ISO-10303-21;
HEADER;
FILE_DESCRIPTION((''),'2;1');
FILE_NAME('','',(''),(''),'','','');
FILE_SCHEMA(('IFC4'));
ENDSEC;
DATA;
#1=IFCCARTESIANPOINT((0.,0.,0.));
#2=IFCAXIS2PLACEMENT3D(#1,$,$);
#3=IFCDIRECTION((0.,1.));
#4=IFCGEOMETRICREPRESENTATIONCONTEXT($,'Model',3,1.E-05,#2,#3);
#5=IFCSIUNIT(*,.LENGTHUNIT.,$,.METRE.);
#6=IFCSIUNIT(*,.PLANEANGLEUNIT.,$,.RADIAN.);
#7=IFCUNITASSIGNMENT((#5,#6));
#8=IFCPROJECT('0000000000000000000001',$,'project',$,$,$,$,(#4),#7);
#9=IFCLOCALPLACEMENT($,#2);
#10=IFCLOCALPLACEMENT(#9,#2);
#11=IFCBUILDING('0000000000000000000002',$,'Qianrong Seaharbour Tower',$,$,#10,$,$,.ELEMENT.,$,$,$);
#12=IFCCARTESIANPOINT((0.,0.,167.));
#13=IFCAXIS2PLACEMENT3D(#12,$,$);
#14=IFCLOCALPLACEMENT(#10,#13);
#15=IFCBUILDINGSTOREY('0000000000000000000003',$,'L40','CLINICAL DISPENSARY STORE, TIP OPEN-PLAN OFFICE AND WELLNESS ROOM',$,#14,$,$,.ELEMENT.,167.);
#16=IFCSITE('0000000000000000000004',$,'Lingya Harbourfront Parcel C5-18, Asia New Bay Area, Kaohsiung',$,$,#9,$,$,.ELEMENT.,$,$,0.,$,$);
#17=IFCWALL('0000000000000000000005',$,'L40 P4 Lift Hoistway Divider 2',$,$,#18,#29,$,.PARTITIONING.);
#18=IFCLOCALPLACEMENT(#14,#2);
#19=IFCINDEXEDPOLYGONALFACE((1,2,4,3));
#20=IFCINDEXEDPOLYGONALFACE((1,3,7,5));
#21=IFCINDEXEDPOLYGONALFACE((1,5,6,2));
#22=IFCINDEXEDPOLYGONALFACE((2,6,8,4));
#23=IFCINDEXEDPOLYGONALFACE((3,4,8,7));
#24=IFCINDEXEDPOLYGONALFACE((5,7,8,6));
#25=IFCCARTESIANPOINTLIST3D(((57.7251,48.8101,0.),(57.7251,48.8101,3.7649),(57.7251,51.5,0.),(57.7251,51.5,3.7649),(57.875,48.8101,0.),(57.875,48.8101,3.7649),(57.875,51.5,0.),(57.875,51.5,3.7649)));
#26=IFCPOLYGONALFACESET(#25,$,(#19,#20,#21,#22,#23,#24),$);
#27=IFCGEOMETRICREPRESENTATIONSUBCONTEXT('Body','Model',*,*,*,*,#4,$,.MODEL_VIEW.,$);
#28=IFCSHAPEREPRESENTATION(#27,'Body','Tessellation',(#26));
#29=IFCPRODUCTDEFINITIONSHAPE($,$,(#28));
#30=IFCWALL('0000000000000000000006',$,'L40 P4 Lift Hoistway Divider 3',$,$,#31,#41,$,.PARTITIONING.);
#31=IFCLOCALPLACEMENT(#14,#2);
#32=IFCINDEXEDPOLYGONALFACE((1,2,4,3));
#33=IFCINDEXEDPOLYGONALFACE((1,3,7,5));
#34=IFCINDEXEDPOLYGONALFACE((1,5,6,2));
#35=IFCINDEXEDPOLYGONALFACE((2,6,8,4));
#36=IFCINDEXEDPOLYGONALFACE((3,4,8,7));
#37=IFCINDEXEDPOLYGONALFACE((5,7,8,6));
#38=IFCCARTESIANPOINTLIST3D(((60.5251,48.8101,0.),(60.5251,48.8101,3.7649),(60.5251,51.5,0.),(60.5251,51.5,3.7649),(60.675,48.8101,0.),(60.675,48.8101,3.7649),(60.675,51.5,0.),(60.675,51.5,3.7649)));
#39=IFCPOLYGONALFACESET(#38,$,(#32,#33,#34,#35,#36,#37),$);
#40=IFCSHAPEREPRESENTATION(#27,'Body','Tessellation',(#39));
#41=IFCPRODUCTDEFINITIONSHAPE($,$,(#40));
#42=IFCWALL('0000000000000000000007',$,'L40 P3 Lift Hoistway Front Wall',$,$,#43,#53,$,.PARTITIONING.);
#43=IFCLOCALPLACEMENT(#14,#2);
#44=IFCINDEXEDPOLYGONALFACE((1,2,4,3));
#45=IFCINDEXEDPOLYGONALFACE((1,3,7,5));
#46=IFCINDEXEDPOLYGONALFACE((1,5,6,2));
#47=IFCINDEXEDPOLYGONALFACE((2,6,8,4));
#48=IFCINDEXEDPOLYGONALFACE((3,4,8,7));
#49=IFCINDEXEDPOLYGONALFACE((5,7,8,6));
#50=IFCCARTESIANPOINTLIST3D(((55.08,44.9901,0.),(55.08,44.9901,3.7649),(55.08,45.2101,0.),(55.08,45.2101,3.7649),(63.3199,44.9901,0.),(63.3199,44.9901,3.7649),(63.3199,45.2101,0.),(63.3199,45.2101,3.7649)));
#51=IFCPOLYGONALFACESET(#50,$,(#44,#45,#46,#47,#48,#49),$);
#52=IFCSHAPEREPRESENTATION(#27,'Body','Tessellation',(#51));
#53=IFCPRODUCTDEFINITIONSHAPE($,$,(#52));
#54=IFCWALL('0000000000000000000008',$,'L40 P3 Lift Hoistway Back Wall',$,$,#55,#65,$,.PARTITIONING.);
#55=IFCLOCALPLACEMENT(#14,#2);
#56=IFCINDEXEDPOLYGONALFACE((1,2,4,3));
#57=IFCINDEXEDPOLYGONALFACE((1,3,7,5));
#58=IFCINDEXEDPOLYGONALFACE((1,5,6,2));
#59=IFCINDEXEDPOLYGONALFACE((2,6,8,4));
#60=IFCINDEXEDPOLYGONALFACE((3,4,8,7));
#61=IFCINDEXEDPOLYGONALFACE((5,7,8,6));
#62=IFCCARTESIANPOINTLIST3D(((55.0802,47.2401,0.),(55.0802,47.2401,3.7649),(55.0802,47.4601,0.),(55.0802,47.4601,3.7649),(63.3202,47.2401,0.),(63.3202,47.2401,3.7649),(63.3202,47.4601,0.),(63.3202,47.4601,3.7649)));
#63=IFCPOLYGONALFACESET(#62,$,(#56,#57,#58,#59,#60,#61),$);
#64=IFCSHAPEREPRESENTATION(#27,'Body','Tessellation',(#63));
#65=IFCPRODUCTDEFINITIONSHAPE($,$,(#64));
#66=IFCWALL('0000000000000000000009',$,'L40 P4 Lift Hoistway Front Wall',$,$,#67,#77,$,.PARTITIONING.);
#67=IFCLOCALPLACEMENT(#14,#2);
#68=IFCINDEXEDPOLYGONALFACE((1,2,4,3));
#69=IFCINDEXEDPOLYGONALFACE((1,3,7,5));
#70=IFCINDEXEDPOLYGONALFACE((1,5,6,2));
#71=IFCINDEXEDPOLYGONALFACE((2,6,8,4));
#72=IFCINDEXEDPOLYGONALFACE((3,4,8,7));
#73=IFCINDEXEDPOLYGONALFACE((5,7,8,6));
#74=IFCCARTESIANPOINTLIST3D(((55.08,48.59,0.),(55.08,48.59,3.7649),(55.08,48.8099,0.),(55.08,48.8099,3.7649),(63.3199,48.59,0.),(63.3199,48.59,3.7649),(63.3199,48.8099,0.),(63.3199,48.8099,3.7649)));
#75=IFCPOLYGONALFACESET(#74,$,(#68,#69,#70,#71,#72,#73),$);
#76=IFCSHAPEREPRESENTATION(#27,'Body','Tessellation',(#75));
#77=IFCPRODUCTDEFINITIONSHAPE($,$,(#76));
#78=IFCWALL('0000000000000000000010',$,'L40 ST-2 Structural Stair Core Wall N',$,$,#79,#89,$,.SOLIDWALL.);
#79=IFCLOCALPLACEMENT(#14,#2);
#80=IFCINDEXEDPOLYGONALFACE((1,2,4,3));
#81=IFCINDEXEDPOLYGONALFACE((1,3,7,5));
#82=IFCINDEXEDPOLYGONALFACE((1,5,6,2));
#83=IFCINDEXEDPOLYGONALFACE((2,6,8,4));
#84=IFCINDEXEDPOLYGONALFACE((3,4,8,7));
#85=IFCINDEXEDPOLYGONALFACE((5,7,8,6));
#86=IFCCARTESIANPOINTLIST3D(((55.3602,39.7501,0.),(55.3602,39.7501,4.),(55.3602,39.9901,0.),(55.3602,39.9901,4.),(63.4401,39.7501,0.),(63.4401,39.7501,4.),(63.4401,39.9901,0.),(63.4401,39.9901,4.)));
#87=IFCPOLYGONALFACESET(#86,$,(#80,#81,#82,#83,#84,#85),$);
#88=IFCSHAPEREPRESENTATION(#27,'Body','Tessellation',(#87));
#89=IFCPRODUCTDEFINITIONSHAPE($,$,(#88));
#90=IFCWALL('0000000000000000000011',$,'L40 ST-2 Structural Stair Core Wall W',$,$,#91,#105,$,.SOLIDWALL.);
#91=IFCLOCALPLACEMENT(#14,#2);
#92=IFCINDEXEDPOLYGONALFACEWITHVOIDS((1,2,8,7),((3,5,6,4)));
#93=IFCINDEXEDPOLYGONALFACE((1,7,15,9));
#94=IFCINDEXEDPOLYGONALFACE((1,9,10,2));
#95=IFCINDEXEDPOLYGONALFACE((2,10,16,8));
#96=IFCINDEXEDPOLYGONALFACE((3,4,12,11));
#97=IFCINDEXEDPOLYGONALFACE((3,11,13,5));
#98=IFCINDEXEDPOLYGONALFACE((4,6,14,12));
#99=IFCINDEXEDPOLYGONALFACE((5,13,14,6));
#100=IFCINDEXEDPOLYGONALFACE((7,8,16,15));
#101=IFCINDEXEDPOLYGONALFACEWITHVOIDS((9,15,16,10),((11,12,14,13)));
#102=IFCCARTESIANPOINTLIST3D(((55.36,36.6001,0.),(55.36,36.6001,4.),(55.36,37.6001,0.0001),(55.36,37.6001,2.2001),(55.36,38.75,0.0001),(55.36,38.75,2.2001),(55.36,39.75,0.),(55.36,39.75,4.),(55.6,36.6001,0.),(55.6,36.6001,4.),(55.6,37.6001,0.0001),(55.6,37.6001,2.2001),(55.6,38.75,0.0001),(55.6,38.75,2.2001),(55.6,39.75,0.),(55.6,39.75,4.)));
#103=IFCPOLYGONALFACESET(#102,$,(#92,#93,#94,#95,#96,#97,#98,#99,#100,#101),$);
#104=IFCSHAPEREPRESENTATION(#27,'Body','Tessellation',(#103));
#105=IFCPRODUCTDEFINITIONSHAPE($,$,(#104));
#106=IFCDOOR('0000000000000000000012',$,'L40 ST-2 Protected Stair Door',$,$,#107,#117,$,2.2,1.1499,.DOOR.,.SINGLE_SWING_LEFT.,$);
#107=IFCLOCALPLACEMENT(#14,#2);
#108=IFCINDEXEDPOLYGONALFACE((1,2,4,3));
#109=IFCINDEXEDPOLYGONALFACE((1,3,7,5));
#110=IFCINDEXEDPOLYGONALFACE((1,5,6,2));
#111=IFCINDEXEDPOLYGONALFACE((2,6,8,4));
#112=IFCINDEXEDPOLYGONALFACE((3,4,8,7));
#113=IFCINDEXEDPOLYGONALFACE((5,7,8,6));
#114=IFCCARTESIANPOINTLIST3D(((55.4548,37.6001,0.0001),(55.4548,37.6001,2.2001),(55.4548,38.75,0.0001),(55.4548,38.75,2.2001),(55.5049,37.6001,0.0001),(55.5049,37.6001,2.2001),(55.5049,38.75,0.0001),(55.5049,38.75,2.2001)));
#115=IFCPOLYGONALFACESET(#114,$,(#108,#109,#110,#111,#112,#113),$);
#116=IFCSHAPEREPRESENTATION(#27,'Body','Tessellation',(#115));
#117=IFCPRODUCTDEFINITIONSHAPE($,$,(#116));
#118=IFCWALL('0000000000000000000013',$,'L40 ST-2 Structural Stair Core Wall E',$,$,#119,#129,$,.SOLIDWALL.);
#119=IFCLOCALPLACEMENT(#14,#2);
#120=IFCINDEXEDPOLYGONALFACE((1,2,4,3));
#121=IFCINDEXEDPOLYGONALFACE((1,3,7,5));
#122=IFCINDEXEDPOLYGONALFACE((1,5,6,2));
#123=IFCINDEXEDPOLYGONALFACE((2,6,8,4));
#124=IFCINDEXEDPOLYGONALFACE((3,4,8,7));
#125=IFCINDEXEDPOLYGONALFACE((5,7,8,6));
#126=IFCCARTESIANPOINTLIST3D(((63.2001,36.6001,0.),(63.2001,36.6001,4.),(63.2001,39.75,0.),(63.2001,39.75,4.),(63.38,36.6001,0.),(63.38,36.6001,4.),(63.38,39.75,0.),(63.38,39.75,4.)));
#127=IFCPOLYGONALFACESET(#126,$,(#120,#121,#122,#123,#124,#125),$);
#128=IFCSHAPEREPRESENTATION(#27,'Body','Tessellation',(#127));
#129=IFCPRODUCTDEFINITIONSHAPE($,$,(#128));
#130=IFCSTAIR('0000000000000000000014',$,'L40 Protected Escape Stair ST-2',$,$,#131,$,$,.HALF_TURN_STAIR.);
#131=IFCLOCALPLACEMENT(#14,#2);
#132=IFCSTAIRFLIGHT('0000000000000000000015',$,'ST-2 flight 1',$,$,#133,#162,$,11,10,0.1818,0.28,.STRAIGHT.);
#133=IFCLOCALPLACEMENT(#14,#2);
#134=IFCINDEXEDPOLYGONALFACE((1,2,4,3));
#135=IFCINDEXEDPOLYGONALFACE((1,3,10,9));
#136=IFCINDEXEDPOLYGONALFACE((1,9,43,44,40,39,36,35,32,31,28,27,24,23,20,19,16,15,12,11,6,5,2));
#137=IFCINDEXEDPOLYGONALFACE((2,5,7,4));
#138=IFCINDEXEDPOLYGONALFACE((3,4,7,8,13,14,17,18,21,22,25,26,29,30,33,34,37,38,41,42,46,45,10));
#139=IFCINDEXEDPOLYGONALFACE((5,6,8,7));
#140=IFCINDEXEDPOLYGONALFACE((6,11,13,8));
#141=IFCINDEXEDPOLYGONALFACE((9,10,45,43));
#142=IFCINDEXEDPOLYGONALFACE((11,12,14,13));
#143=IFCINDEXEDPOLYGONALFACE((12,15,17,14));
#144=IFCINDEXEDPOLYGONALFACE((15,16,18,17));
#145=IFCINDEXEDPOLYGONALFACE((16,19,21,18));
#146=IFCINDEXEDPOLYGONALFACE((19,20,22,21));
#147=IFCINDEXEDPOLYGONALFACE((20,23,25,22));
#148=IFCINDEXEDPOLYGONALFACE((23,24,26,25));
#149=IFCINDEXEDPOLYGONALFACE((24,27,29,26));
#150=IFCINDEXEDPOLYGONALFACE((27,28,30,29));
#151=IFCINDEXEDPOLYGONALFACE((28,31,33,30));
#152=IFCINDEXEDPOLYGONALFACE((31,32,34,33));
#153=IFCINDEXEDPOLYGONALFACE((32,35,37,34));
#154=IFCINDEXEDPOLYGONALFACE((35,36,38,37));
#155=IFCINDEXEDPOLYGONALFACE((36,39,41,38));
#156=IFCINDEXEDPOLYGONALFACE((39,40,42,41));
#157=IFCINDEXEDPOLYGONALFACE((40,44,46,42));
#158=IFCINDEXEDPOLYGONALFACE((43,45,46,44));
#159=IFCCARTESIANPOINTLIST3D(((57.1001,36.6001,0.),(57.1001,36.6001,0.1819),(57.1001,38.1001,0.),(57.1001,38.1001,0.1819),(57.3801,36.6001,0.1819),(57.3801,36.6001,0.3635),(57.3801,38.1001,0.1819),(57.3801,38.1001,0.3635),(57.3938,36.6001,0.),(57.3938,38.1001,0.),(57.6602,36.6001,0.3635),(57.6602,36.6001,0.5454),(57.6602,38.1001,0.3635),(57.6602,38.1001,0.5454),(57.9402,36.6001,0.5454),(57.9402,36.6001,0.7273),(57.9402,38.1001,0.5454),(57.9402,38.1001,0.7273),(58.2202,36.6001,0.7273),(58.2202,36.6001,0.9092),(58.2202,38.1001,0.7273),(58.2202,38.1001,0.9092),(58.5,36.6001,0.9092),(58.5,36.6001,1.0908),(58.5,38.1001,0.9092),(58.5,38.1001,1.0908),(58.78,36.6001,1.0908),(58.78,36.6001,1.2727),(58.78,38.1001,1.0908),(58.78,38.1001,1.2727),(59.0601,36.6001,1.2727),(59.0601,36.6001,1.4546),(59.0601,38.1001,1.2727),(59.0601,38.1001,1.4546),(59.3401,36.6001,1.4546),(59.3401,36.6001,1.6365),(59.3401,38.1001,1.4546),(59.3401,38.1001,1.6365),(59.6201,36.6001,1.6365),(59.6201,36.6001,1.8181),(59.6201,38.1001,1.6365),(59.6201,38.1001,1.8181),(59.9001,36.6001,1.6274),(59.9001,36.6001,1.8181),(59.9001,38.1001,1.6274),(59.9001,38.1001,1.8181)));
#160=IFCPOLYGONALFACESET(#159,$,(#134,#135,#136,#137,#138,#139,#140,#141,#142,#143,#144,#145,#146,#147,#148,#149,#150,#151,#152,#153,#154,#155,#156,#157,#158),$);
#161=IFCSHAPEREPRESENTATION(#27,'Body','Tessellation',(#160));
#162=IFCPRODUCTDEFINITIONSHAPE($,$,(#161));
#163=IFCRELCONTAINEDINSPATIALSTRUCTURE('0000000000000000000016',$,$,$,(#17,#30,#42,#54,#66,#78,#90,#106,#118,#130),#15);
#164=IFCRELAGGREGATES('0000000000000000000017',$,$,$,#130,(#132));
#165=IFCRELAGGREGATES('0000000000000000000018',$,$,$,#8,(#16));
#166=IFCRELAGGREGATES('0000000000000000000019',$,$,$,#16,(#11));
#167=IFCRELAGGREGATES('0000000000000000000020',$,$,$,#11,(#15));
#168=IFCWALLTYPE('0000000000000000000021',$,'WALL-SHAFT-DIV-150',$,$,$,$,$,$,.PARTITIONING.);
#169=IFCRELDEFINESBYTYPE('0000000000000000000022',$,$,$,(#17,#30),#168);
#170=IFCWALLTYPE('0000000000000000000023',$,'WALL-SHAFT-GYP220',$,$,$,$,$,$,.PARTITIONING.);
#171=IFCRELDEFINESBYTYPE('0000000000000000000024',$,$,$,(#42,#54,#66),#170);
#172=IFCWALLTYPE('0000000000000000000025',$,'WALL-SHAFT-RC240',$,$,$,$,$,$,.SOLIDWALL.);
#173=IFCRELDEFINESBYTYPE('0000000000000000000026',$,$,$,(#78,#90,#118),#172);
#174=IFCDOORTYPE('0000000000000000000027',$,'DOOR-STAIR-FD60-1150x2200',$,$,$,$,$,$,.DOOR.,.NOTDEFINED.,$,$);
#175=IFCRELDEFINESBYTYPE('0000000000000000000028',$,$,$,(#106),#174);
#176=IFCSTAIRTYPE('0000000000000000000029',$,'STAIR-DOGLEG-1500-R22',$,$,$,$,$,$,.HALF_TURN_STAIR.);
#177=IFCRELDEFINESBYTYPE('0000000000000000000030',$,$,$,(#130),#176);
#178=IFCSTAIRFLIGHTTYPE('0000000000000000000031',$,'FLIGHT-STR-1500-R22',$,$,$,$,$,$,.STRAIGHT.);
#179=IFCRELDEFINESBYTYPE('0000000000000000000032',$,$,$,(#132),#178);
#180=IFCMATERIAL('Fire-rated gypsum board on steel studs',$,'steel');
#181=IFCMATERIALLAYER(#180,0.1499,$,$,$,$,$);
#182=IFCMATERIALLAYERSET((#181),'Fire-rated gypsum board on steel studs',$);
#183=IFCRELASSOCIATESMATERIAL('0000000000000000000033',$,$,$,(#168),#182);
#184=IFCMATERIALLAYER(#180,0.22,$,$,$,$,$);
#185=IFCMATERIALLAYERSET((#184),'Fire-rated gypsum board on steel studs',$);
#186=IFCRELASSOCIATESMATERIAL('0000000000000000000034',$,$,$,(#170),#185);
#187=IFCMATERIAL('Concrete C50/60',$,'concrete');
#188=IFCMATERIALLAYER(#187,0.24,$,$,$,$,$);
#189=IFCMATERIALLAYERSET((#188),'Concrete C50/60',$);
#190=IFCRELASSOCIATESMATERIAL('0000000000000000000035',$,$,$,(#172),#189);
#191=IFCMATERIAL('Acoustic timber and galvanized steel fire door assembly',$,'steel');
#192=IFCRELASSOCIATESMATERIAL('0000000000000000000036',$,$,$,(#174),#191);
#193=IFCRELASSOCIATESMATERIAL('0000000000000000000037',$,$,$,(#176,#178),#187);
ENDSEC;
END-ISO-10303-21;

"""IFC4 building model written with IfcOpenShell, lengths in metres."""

from ifc_helpers import new_model, si_unit, direction, frame, frame_2d, origin, place, context, subcontext, project, spatial, polyline, rectangle, outline, extrude, material, layer, layer_set, type_object, element, fill, aggregate, save


model = new_model("IFC4")

# Units and contexts
model_context = context("Model", 3, precision=1e-05, world=origin(), true_north=direction((0.0, 1.0)))
body_context = subcontext(model_context, "Body", "Model", "MODEL_VIEW")
ifc_project = project(units=[si_unit("LENGTHUNIT", "METRE"), si_unit("PLANEANGLEUNIT", "RADIAN")], contexts=[model_context])

# Site, building, storey
site_placement = place(None, origin())
site = spatial("IfcSite", under=ifc_project, at=site_placement, Name="Lingya Harbourfront Parcel C5-18, Asia New Bay Area, Kaohsiung", CompositionType="ELEMENT", RefElevation=0.0)
building_placement = place(site_placement, origin())
building = spatial("IfcBuilding", under=site, at=building_placement, Name="Qianrong Seaharbour Tower", CompositionType="ELEMENT")
storey_placement = place(building_placement, frame((0.0, 0.0, 167.0)))
storey = spatial("IfcBuildingStorey", under=building, at=storey_placement, Name="L40", Description="CLINICAL DISPENSARY STORE, TIP OPEN-PLAN OFFICE AND WELLNESS ROOM", CompositionType="ELEMENT", Elevation=167.0)

# Shared definitions
ifc_material_1 = material(Name="Acoustic timber and galvanized steel fire door assembly", Category="steel")

# Walls
ifc_material_2 = material(Name="Fire-rated gypsum board on steel studs", Category="steel")
ifc_layer_1 = layer(ifc_material_2, 0.1499)
ifc_layer_set_1 = layer_set([ifc_layer_1], Name="Fire-rated gypsum board on steel studs")
wall_type_1 = type_object("IfcWallType", Name="WALL-SHAFT-DIV-150", PredefinedType="PARTITIONING", material=ifc_layer_set_1)
for number, where, z_axis, x_axis, name in (
    (1, (57.8, 48.8101, 0.0), (0.0, 0.0, 1.0), (0.0, 1.0, 0.0), "L40 P4 Lift Hoistway Divider 2"),
    (2, (60.6001, 48.8101, 0.0), (0.0, 0.0, 1.0), (0.0, 1.0, 0.0), "L40 P4 Lift Hoistway Divider 3"),
):
    element("IfcWall", number, at=place(storey_placement, frame(where, z_axis=z_axis, x_axis=x_axis)), inside=storey, type_object=wall_type_1, Name=name, PredefinedType="PARTITIONING", context=body_context, shape_type="SweptSolid", body=[
        extrude(rectangle(XDim=2.6899, YDim=0.1499, at=frame_2d((1.345, 0.0))), origin(), (0.0, 0.0, 1.0), 3.7649),
    ])
ifc_layer_2 = layer(ifc_material_2, 0.22)
ifc_layer_set_2 = layer_set([ifc_layer_2], Name="Fire-rated gypsum board on steel studs")
wall_type_2 = type_object("IfcWallType", Name="WALL-SHAFT-GYP220", PredefinedType="PARTITIONING", material=ifc_layer_set_2)
for number, where, z_axis, x_axis, name in (
    (3, (63.3201, 45.1001, 0.0), (0.0, 0.0, 1.0), (-1.0, 0.0, 0.0), "L40 P3 Lift Hoistway Front Wall"),
    (4, (55.0801, 47.3501, 0.0), (0.0, 0.0, 1.0), (1.0, 0.0, 0.0), "L40 P3 Lift Hoistway Back Wall"),
    (5, (63.3201, 48.7, 0.0), (0.0, 0.0, 1.0), (-1.0, 0.0, 0.0), "L40 P4 Lift Hoistway Front Wall"),
):
    element("IfcWall", number, at=place(storey_placement, frame(where, z_axis=z_axis, x_axis=x_axis)), inside=storey, type_object=wall_type_2, Name=name, PredefinedType="PARTITIONING", context=body_context, shape_type="SweptSolid", body=[
        extrude(rectangle(XDim=8.24, YDim=0.22, at=frame_2d((4.1201, 0.0))), origin(), (0.0, 0.0, 1.0), 3.7649),
    ])
ifc_material_3 = material(Name="Concrete C50/60", Category="concrete")
ifc_layer_3 = layer(ifc_material_3, 0.24)
ifc_layer_set_3 = layer_set([ifc_layer_3], Name="Concrete C50/60")
wall_type_3 = type_object("IfcWallType", Name="WALL-SHAFT-RC240", PredefinedType="SOLIDWALL", material=ifc_layer_set_3)
wall_1_placement = place(storey_placement, frame((55.3601, 39.8701, 0.0), z_axis=(0.0, 0.0, 1.0), x_axis=(1.0, 0.0, 0.0)))
element("IfcWall", 6, at=wall_1_placement, inside=storey, type_object=wall_type_3, Name="L40 ST-2 Structural Stair Core Wall N", PredefinedType="SOLIDWALL", context=body_context, shape_type="SweptSolid", body=[
    extrude(rectangle(XDim=8.0798, YDim=0.24, at=frame_2d((4.04, 0.0))), origin(), (0.0, 0.0, 1.0), 4.0),
])

# Wall, opening, door
wall_2_placement = place(storey_placement, frame((55.48, 39.75, 0.0), z_axis=(0.0, 0.0, 1.0), x_axis=(0.0, -1.0, 0.0)))
wall_2 = element("IfcWall", 7, at=wall_2_placement, inside=storey, type_object=wall_type_3, Name="L40 ST-2 Structural Stair Core Wall W", PredefinedType="SOLIDWALL", context=body_context, shape_type="SweptSolid", body=[
    extrude(rectangle(XDim=3.1499, YDim=0.24, at=frame_2d((1.575, 0.0))), origin(), (0.0, 0.0, 1.0), 4.0),
])
opening_1_placement = place(wall_2_placement, frame((1.0, 0.0, 0.0)))
opening_1 = element("IfcOpeningElement", 8, at=opening_1_placement, cuts=wall_2, PredefinedType="OPENING", context=body_context, shape_type="SweptSolid", body=[
    extrude(rectangle(XDim=1.1499, YDim=2.2, at=frame_2d((0.575, 1.1001))), frame((0.0, 0.1299, 0.0), z_axis=(0.0, -1.0, 0.0), x_axis=(1.0, 0.0, 0.0)), (0.0, 0.0, 1.0), 0.26),
])
door_type_1 = type_object("IfcDoorType", Name="DOOR-STAIR-FD60-1150x2200", OperationType="NOTDEFINED", PredefinedType="DOOR", material=ifc_material_1)
door_1_placement = place(opening_1_placement, origin())
door_1 = element("IfcDoor", 9, at=door_1_placement, inside=storey, type_object=door_type_1, Name="L40 ST-2 Protected Stair Door", OperationType="SINGLE_SWING_LEFT", OverallHeight=2.2, OverallWidth=1.1499, PredefinedType="DOOR", context=body_context, shape_type="SweptSolid", body=[
    extrude(rectangle(XDim=1.1499, YDim=2.2, at=frame_2d((0.575, 1.1001))), frame((0.0, 0.0249, 0.0), z_axis=(0.0, -1.0, 0.0), x_axis=(1.0, 0.0, 0.0)), (0.0, 0.0, 1.0), 0.05),
])
fill(opening_1, door_1)

# Wall
wall_3_placement = place(storey_placement, frame((63.29, 36.6001, 0.0), z_axis=(0.0, 0.0, 1.0), x_axis=(0.0, 1.0, 0.0)))
element("IfcWall", 10, at=wall_3_placement, inside=storey, type_object=wall_type_3, Name="L40 ST-2 Structural Stair Core Wall E", PredefinedType="SOLIDWALL", context=body_context, shape_type="SweptSolid", body=[
    extrude(rectangle(XDim=3.1499, YDim=0.1799, at=frame_2d((1.575, 0.0))), origin(), (0.0, 0.0, 1.0), 4.0),
])

# Stair, stair flight
stair_type = type_object("IfcStairType", Name="STAIR-DOGLEG-1500-R22", PredefinedType="HALF_TURN_STAIR", material=ifc_material_3)
stair_placement = place(storey_placement, origin())
stair = element("IfcStair", 11, at=stair_placement, inside=storey, type_object=stair_type, Name="L40 Protected Escape Stair ST-2", PredefinedType="HALF_TURN_STAIR")
stair_flight_type = type_object("IfcStairFlightType", Name="FLIGHT-STR-1500-R22", PredefinedType="STRAIGHT", material=ifc_material_3)
stair_flight_1_placement = place(storey_placement, frame((57.1001, 37.3501, 0.0), z_axis=(0.0, 0.0, 1.0), x_axis=(1.0, 0.0, 0.0)))
stair_flight_1 = element("IfcStairFlight", 12, at=stair_flight_1_placement, type_object=stair_flight_type, Name="ST-2 flight 1", NumberOfRisers=11, NumberOfTreads=10, PredefinedType="STRAIGHT", RiserHeight=0.1818, TreadLength=0.28, context=body_context, shape_type="SweptSolid", body=[
    extrude(outline(polyline([(0.0, 0.0), (0.0, 0.1819), (0.28, 0.1819), (0.28, 0.3635), (0.5601, 0.3635), (0.5601, 0.5454), (0.8401, 0.5454), (0.8401, 0.7273), (1.1201, 0.7273), (1.1201, 0.9092), (1.3999, 0.9092), (1.3999, 1.0908), (1.6799, 1.0908), (1.6799, 1.2727), (1.96, 1.2727), (1.96, 1.4546), (2.24, 1.4546), (2.24, 1.6365), (2.52, 1.6365), (2.52, 1.8181), (2.8, 1.8181), (2.8, 2.0), (2.8, 1.6274), (0.2937, 0.0), (0.0, 0.0)])), frame((0.0, 0.75, 0.0), z_axis=(0.0, -1.0, 0.0), x_axis=(1.0, 0.0, 0.0)), (0.0, 0.0, 1.0), 1.5),
])
aggregate(stair, [stair_flight_1])

save(model, "model.ifc")
